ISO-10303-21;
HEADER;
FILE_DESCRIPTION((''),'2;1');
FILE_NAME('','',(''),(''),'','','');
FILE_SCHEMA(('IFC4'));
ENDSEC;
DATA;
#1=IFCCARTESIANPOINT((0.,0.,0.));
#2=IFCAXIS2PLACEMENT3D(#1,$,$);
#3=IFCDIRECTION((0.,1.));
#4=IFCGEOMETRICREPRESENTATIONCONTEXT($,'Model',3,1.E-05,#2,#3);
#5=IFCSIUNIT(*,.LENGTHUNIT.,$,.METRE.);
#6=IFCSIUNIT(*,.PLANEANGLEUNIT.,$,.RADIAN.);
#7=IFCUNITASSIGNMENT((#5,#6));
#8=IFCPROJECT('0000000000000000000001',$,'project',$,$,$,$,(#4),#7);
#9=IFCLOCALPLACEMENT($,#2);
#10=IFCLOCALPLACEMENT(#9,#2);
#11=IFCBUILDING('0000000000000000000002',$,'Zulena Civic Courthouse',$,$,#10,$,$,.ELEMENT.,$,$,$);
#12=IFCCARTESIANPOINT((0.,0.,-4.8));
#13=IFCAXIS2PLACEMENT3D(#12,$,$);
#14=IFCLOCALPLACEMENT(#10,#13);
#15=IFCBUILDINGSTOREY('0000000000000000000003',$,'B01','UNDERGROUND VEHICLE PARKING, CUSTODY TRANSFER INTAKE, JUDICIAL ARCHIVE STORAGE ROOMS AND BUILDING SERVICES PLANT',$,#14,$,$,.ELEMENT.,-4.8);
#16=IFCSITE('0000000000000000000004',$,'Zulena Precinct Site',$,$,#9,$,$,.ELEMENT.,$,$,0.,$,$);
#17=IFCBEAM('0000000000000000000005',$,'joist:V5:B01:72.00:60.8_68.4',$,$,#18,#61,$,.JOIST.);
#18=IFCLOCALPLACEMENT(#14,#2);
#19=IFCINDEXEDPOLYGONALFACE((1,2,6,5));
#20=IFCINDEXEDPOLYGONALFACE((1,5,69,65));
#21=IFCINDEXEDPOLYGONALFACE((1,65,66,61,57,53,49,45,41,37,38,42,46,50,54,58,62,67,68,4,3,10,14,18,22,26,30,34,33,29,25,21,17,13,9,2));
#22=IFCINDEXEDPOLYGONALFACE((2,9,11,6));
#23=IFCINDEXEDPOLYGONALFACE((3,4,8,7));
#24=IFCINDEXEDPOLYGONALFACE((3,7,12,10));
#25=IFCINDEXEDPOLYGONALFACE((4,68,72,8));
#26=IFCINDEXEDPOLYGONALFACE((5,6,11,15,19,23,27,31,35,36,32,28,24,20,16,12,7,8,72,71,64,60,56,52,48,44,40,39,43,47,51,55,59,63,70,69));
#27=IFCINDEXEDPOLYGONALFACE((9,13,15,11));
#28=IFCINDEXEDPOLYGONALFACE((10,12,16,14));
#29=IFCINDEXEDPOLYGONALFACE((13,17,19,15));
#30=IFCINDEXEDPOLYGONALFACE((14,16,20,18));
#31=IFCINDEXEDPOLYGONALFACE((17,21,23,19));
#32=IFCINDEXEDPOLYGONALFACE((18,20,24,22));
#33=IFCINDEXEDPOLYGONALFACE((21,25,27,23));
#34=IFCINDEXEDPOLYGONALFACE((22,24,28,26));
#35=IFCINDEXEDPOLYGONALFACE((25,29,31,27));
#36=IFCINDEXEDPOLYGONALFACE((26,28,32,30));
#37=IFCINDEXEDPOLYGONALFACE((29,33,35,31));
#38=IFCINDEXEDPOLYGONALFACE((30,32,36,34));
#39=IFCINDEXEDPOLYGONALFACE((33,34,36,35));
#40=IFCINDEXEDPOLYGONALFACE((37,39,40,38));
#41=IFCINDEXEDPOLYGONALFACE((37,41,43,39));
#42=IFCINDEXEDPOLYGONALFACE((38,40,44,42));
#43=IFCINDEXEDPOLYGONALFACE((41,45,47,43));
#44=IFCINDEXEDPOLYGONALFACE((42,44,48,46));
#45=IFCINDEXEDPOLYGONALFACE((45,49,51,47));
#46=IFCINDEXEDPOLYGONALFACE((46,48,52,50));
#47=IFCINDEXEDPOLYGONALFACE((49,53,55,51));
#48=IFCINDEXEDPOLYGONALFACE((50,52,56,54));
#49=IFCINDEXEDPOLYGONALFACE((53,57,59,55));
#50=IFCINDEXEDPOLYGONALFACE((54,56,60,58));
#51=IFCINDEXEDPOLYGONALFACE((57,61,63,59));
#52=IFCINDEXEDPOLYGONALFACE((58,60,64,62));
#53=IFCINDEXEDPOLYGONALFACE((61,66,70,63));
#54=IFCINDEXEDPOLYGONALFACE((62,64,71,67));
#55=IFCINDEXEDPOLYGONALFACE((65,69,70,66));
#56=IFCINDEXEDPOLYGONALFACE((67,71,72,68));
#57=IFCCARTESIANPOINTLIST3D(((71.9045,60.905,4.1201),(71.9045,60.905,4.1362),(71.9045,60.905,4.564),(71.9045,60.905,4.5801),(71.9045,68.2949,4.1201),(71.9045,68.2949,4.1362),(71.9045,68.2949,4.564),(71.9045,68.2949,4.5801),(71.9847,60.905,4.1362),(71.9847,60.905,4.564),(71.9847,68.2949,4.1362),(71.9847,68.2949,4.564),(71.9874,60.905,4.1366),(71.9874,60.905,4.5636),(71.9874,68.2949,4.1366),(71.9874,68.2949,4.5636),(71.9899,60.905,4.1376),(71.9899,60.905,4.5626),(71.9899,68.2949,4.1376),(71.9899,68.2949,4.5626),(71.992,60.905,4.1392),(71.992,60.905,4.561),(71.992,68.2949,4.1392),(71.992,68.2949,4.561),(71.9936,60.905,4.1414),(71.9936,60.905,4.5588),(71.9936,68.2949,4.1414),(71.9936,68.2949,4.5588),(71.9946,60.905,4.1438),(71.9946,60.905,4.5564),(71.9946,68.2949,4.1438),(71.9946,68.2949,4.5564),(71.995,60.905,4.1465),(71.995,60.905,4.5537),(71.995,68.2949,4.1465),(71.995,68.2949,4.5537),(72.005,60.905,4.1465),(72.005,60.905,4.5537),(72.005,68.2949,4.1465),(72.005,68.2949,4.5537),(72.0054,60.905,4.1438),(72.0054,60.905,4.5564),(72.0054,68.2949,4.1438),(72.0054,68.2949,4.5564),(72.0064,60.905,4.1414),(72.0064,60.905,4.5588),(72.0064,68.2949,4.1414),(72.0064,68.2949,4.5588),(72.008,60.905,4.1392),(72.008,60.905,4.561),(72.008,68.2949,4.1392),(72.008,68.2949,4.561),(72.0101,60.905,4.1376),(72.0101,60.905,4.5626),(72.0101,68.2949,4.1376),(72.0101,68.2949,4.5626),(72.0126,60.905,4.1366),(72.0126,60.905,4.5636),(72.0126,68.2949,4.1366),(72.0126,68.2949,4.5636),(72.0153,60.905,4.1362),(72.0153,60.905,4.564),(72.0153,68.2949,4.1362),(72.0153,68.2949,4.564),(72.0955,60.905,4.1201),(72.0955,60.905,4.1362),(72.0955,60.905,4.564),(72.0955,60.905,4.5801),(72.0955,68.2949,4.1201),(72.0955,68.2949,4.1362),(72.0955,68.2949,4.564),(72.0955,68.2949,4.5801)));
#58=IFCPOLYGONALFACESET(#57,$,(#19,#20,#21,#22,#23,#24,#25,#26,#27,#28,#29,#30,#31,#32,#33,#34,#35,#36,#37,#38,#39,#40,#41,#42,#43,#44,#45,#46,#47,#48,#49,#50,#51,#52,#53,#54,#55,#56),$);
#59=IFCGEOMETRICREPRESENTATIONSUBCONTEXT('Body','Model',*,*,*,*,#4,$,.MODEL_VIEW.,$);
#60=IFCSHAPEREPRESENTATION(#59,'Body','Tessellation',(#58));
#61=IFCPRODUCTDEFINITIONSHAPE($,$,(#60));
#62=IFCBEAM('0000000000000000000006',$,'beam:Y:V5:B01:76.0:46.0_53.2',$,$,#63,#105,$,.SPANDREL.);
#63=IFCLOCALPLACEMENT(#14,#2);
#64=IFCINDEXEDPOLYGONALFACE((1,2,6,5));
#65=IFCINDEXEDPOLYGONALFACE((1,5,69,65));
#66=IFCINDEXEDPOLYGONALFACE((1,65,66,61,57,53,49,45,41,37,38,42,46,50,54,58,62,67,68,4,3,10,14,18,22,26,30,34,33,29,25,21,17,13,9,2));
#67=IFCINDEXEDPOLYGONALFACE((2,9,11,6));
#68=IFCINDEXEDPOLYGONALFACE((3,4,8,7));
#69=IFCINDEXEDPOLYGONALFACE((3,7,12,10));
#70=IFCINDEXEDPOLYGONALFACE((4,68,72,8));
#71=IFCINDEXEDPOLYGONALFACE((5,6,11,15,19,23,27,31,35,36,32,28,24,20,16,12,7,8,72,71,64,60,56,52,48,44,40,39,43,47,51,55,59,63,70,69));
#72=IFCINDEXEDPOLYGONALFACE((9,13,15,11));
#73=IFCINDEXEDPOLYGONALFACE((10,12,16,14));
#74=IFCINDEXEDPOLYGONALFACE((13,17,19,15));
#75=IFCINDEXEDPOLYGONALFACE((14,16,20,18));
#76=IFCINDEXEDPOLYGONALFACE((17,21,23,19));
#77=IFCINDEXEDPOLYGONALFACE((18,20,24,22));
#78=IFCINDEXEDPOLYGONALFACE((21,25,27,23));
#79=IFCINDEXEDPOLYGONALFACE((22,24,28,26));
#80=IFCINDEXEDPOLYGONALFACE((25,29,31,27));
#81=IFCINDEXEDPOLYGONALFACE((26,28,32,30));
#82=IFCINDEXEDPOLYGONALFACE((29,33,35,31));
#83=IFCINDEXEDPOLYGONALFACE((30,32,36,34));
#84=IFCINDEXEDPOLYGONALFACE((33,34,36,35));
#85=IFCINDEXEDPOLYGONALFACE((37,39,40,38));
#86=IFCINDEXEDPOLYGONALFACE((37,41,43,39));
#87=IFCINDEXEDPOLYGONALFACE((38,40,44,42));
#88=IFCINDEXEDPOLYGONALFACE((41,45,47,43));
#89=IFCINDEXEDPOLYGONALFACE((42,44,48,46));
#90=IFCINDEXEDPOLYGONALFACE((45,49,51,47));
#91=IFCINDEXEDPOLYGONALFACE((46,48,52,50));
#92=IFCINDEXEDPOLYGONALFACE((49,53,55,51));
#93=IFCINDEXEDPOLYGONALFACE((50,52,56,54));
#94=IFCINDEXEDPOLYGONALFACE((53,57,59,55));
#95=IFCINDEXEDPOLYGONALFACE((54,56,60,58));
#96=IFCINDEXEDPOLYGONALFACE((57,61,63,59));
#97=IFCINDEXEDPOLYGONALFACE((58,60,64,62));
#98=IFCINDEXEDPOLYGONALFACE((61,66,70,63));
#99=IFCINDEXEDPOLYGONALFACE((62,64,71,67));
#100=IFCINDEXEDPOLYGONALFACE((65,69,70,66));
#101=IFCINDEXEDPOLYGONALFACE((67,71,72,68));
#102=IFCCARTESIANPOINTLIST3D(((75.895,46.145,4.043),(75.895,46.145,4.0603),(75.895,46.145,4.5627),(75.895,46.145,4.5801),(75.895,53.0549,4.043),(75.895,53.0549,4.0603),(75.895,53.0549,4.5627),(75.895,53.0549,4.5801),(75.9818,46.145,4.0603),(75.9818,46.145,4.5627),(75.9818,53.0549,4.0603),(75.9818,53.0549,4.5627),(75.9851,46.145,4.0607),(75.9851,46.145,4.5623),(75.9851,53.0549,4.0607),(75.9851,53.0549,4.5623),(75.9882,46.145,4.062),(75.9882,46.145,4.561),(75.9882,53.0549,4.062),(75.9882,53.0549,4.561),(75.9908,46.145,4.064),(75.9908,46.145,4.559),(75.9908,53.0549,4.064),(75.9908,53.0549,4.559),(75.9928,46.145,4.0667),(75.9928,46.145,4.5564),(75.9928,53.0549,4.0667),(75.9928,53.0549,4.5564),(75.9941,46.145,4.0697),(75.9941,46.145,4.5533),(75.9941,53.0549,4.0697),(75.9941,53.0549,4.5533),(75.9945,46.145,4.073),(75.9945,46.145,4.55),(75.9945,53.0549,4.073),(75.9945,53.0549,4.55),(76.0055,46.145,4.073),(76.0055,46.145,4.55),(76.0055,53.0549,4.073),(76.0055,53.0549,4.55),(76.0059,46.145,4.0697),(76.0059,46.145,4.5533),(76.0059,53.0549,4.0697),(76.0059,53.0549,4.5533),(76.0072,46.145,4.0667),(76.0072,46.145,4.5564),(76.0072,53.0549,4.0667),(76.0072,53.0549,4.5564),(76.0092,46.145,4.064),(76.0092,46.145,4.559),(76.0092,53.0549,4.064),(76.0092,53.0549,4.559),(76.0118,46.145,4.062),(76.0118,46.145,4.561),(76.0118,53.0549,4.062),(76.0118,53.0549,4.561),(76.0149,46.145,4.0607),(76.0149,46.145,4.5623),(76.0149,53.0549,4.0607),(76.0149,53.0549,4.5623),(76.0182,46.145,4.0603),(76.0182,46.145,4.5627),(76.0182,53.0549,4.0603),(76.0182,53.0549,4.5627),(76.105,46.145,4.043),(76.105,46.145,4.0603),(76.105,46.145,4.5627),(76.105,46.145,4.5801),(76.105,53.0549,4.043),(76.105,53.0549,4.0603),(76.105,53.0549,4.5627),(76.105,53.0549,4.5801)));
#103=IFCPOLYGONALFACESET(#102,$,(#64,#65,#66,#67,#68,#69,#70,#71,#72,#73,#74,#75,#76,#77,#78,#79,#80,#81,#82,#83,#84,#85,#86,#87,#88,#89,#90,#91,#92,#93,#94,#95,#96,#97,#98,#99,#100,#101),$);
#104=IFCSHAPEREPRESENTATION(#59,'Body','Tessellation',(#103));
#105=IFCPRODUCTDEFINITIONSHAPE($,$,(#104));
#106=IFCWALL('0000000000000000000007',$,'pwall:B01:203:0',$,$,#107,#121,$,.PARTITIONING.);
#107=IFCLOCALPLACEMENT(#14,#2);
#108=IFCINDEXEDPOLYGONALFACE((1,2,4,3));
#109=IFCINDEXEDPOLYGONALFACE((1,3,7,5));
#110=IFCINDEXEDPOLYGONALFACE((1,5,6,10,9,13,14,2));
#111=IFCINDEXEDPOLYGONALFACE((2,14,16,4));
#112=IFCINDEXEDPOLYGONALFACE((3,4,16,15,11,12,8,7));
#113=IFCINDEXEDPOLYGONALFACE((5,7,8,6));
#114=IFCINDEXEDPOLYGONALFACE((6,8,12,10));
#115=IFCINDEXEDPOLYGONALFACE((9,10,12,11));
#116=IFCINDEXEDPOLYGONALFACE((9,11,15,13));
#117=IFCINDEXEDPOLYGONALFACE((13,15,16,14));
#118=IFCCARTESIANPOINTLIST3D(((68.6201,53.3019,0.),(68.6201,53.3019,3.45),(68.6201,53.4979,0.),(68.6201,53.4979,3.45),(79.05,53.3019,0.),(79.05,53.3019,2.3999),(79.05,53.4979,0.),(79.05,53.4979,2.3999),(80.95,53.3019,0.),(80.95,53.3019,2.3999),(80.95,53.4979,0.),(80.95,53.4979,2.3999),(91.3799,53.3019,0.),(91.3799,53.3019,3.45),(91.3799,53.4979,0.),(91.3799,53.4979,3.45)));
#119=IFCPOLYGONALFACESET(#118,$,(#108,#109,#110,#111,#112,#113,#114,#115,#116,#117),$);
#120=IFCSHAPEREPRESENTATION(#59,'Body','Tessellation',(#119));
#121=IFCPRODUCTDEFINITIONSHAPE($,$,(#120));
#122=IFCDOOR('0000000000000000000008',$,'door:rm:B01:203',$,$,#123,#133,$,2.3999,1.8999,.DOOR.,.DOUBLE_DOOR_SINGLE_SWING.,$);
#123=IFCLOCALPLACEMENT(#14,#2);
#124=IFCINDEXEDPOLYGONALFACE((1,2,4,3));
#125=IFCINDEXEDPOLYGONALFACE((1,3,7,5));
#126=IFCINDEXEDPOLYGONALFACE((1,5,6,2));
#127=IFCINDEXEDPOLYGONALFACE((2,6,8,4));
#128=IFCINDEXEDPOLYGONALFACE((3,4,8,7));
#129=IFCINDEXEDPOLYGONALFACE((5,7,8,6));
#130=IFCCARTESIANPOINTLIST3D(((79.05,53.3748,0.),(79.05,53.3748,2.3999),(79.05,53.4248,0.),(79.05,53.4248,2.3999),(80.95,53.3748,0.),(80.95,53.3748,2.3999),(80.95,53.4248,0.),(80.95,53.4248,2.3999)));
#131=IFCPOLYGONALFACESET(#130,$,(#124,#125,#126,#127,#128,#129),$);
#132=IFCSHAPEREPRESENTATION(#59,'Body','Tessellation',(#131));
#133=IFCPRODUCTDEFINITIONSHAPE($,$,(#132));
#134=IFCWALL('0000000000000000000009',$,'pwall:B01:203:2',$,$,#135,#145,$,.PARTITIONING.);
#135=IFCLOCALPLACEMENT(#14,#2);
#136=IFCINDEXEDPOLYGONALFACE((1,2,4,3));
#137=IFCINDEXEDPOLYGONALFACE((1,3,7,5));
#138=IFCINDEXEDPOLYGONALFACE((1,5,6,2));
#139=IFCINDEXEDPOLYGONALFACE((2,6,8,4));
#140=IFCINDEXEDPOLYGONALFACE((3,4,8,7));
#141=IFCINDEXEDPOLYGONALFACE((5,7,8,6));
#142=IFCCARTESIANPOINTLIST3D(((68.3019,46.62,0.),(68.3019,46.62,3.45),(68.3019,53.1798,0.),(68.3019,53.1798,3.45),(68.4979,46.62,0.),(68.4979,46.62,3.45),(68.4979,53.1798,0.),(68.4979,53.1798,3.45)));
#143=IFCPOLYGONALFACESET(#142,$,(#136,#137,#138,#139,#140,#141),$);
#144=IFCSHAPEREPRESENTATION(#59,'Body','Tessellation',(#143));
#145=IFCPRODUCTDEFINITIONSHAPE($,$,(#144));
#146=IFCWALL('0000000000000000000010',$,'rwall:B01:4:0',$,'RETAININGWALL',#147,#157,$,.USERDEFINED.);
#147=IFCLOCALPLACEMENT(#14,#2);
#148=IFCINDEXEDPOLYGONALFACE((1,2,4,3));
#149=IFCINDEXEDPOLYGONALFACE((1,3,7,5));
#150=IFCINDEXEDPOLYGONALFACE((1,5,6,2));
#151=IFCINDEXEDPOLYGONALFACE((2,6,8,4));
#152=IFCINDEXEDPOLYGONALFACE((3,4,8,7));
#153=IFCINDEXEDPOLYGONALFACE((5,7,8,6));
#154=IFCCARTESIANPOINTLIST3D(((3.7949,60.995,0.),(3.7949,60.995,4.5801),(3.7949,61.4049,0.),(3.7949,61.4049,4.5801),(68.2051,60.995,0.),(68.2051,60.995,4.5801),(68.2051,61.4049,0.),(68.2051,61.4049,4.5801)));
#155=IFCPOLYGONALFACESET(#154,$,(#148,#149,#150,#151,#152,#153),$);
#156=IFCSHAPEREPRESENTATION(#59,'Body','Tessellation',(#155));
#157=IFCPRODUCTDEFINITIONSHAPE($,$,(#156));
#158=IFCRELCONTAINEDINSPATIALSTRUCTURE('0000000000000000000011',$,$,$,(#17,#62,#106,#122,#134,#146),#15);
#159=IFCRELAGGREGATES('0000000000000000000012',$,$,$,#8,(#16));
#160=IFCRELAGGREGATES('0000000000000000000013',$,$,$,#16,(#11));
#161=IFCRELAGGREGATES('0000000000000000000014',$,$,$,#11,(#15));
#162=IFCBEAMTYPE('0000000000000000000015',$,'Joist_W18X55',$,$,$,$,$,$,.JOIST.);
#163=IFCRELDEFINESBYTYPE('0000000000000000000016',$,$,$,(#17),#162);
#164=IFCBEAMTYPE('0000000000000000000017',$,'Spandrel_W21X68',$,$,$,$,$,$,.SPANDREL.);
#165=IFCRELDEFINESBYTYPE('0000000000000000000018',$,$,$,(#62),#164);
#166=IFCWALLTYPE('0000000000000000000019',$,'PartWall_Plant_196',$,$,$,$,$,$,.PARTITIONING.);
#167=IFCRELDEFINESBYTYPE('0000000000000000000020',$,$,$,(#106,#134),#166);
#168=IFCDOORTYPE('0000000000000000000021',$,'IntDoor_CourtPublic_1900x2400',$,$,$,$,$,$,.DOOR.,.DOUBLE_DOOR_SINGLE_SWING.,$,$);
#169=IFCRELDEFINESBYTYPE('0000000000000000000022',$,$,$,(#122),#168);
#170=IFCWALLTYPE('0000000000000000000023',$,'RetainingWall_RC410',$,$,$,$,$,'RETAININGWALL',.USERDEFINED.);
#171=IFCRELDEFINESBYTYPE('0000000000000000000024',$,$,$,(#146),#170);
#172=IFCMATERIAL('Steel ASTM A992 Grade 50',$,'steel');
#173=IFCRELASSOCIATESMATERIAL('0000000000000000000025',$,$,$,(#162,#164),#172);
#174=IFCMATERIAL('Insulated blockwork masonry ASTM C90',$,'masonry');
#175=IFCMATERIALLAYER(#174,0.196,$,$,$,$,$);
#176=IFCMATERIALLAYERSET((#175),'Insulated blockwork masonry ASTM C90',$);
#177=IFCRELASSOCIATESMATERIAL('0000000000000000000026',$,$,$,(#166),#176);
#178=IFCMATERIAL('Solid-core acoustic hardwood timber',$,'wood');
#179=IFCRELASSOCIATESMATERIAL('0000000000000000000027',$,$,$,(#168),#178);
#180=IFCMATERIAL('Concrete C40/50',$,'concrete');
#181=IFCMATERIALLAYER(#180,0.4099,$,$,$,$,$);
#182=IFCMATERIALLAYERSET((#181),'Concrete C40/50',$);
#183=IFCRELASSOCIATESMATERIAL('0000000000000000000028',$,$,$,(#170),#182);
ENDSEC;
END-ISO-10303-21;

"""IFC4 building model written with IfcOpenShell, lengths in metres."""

from ifc_helpers import new_model, si_unit, direction, frame, frame_2d, origin, origin_2d, place, context, subcontext, project, spatial, rectangle, i_section, extrude, material, layer, layer_set, material_profile, profile_set, type_object, element, fill, save


model = new_model("IFC4")

# Units and contexts
model_context = context("Model", 3, precision=1e-05, world=origin(), true_north=direction((0.0, 1.0)))
body_context = subcontext(model_context, "Body", "Model", "MODEL_VIEW")
ifc_project = project(units=[si_unit("LENGTHUNIT", "METRE"), si_unit("PLANEANGLEUNIT", "RADIAN")], contexts=[model_context])

# Site, building, storey
site_placement = place(None, origin())
site = spatial("IfcSite", under=ifc_project, at=site_placement, Name="Zulena Precinct Site", CompositionType="ELEMENT", RefElevation=0.0)
building_placement = place(site_placement, origin())
building = spatial("IfcBuilding", under=site, at=building_placement, Name="Zulena Civic Courthouse", CompositionType="ELEMENT")
storey_placement = place(building_placement, frame((0.0, 0.0, -4.8)))
storey = spatial("IfcBuildingStorey", under=building, at=storey_placement, Name="B01", Description="UNDERGROUND VEHICLE PARKING, CUSTODY TRANSFER INTAKE, JUDICIAL ARCHIVE STORAGE ROOMS AND BUILDING SERVICES PLANT", CompositionType="ELEMENT", Elevation=-4.8)

# Shared definitions
ifc_material_1 = material(Name="Concrete C40/50", Category="concrete")

# Shared definitions
ifc_material_2 = material(Name="Steel ASTM A992 Grade 50", Category="steel")

# Beams
ifc_material_profile_1 = material_profile(ifc_material_2, i_section(OverallWidth=0.1909, OverallDepth=0.46, WebThickness=0.01, FlangeThickness=0.0161, FilletRadius=0.0103, at=origin_2d()), Name="W18X55")
ifc_profile_set_1 = profile_set([ifc_material_profile_1], Name="Steel ASTM A992 Grade 50")
beam_type_1 = type_object("IfcBeamType", Name="Joist_W18X55", PredefinedType="JOIST", material=ifc_profile_set_1)
beam_1_placement = place(storey_placement, frame((72.0, 60.905, 4.3501), z_axis=(0.0, 1.0, 0.0), x_axis=(-1.0, 0.0, 0.0)))
element("IfcBeam", 1, at=beam_1_placement, inside=storey, type_object=beam_type_1, Name="joist:V5:B01:72.00:60.8_68.4", PredefinedType="JOIST", context=body_context, shape_type="SweptSolid", body=[
    extrude(i_section(OverallWidth=0.1909, OverallDepth=0.46, WebThickness=0.01, FlangeThickness=0.0161, FilletRadius=0.0103, at=origin_2d()), origin(), (0.0, 0.0, 1.0), 7.3899),
])
ifc_material_profile_2 = material_profile(ifc_material_2, i_section(OverallWidth=0.21, OverallDepth=0.5371, WebThickness=0.011, FlangeThickness=0.0173, FilletRadius=0.0127, at=origin_2d()), Name="W21X68")
ifc_profile_set_2 = profile_set([ifc_material_profile_2], Name="Steel ASTM A992 Grade 50")
beam_type_2 = type_object("IfcBeamType", Name="Spandrel_W21X68", PredefinedType="SPANDREL", material=ifc_profile_set_2)
beam_2_placement = place(storey_placement, frame((76.0, 46.145, 4.3115), z_axis=(0.0, 1.0, 0.0), x_axis=(-1.0, 0.0, 0.0)))
element("IfcBeam", 2, at=beam_2_placement, inside=storey, type_object=beam_type_2, Name="beam:Y:V5:B01:76.0:46.0_53.2", PredefinedType="SPANDREL", context=body_context, shape_type="SweptSolid", body=[
    extrude(i_section(OverallWidth=0.21, OverallDepth=0.5371, WebThickness=0.011, FlangeThickness=0.0173, FilletRadius=0.0127, at=origin_2d()), origin(), (0.0, 0.0, 1.0), 6.9099),
])

# Wall, opening, door
ifc_material_3 = material(Name="Insulated blockwork masonry ASTM C90", Category="masonry")
ifc_layer_1 = layer(ifc_material_3, 0.196)
ifc_layer_set_1 = layer_set([ifc_layer_1], Name="Insulated blockwork masonry ASTM C90")
wall_type_1 = type_object("IfcWallType", Name="PartWall_Plant_196", PredefinedType="PARTITIONING", material=ifc_layer_set_1)
wall_1_placement = place(storey_placement, frame((68.6201, 53.3999, 0.0), z_axis=(0.0, 0.0, 1.0), x_axis=(1.0, 0.0, 0.0)))
wall_1 = element("IfcWall", 3, at=wall_1_placement, inside=storey, type_object=wall_type_1, Name="pwall:B01:203:0", PredefinedType="PARTITIONING", context=body_context, shape_type="SweptSolid", body=[
    extrude(rectangle(XDim=22.7598, YDim=0.196, at=frame_2d((11.3799, 0.0))), origin(), (0.0, 0.0, 1.0), 3.45),
])
opening_placement = place(wall_1_placement, frame((10.4299, 0.0, 0.0)))
opening = element("IfcOpeningElement", 4, at=opening_placement, cuts=wall_1, PredefinedType="OPENING", context=body_context, shape_type="SweptSolid", body=[
    extrude(rectangle(XDim=1.8999, YDim=2.3999, at=frame_2d((0.95, 1.2))), frame((0.0, 0.1079, 0.0), z_axis=(0.0, -1.0, 0.0), x_axis=(1.0, 0.0, 0.0)), (0.0, 0.0, 1.0), 0.2161),
])
ifc_material_4 = material(Name="Solid-core acoustic hardwood timber", Category="wood")
door_type = type_object("IfcDoorType", Name="IntDoor_CourtPublic_1900x2400", OperationType="DOUBLE_DOOR_SINGLE_SWING", PredefinedType="DOOR", material=ifc_material_4)
door_placement = place(opening_placement, origin())
door = element("IfcDoor", 5, at=door_placement, inside=storey, type_object=door_type, Name="door:rm:B01:203", OperationType="DOUBLE_DOOR_SINGLE_SWING", OverallHeight=2.3999, OverallWidth=1.8999, PredefinedType="DOOR", context=body_context, shape_type="SweptSolid", body=[
    extrude(rectangle(XDim=1.8999, YDim=2.3999, at=frame_2d((0.95, 1.2))), frame((0.0, 0.0249, 0.0), z_axis=(0.0, -1.0, 0.0), x_axis=(1.0, 0.0, 0.0)), (0.0, 0.0, 1.0), 0.05),
])
fill(opening, door)

# Walls
wall_2_placement = place(storey_placement, frame((68.3999, 46.6201, 0.0), z_axis=(0.0, 0.0, 1.0), x_axis=(0.0, 1.0, 0.0)))
element("IfcWall", 6, at=wall_2_placement, inside=storey, type_object=wall_type_1, Name="pwall:B01:203:2", PredefinedType="PARTITIONING", context=body_context, shape_type="SweptSolid", body=[
    extrude(rectangle(XDim=6.5598, YDim=0.196, at=frame_2d((3.2798, 0.0))), origin(), (0.0, 0.0, 1.0), 3.45),
])
ifc_layer_2 = layer(ifc_material_1, 0.4099)
ifc_layer_set_2 = layer_set([ifc_layer_2], Name="Concrete C40/50")
wall_type_2 = type_object("IfcWallType", Name="RetainingWall_RC410", ElementType="RETAININGWALL", PredefinedType="USERDEFINED", material=ifc_layer_set_2)
wall_3_placement = place(storey_placement, frame((68.2051, 61.2, 0.0), z_axis=(0.0, 0.0, 1.0), x_axis=(-1.0, 0.0, 0.0)))
element("IfcWall", 7, at=wall_3_placement, inside=storey, type_object=wall_type_2, Name="rwall:B01:4:0", ObjectType="RETAININGWALL", PredefinedType="USERDEFINED", context=body_context, shape_type="SweptSolid", body=[
    extrude(rectangle(XDim=64.4102, YDim=0.4099, at=frame_2d((32.2051, 0.0))), origin(), (0.0, 0.0, 1.0), 4.5801),
])

save(model, "model.ifc")
